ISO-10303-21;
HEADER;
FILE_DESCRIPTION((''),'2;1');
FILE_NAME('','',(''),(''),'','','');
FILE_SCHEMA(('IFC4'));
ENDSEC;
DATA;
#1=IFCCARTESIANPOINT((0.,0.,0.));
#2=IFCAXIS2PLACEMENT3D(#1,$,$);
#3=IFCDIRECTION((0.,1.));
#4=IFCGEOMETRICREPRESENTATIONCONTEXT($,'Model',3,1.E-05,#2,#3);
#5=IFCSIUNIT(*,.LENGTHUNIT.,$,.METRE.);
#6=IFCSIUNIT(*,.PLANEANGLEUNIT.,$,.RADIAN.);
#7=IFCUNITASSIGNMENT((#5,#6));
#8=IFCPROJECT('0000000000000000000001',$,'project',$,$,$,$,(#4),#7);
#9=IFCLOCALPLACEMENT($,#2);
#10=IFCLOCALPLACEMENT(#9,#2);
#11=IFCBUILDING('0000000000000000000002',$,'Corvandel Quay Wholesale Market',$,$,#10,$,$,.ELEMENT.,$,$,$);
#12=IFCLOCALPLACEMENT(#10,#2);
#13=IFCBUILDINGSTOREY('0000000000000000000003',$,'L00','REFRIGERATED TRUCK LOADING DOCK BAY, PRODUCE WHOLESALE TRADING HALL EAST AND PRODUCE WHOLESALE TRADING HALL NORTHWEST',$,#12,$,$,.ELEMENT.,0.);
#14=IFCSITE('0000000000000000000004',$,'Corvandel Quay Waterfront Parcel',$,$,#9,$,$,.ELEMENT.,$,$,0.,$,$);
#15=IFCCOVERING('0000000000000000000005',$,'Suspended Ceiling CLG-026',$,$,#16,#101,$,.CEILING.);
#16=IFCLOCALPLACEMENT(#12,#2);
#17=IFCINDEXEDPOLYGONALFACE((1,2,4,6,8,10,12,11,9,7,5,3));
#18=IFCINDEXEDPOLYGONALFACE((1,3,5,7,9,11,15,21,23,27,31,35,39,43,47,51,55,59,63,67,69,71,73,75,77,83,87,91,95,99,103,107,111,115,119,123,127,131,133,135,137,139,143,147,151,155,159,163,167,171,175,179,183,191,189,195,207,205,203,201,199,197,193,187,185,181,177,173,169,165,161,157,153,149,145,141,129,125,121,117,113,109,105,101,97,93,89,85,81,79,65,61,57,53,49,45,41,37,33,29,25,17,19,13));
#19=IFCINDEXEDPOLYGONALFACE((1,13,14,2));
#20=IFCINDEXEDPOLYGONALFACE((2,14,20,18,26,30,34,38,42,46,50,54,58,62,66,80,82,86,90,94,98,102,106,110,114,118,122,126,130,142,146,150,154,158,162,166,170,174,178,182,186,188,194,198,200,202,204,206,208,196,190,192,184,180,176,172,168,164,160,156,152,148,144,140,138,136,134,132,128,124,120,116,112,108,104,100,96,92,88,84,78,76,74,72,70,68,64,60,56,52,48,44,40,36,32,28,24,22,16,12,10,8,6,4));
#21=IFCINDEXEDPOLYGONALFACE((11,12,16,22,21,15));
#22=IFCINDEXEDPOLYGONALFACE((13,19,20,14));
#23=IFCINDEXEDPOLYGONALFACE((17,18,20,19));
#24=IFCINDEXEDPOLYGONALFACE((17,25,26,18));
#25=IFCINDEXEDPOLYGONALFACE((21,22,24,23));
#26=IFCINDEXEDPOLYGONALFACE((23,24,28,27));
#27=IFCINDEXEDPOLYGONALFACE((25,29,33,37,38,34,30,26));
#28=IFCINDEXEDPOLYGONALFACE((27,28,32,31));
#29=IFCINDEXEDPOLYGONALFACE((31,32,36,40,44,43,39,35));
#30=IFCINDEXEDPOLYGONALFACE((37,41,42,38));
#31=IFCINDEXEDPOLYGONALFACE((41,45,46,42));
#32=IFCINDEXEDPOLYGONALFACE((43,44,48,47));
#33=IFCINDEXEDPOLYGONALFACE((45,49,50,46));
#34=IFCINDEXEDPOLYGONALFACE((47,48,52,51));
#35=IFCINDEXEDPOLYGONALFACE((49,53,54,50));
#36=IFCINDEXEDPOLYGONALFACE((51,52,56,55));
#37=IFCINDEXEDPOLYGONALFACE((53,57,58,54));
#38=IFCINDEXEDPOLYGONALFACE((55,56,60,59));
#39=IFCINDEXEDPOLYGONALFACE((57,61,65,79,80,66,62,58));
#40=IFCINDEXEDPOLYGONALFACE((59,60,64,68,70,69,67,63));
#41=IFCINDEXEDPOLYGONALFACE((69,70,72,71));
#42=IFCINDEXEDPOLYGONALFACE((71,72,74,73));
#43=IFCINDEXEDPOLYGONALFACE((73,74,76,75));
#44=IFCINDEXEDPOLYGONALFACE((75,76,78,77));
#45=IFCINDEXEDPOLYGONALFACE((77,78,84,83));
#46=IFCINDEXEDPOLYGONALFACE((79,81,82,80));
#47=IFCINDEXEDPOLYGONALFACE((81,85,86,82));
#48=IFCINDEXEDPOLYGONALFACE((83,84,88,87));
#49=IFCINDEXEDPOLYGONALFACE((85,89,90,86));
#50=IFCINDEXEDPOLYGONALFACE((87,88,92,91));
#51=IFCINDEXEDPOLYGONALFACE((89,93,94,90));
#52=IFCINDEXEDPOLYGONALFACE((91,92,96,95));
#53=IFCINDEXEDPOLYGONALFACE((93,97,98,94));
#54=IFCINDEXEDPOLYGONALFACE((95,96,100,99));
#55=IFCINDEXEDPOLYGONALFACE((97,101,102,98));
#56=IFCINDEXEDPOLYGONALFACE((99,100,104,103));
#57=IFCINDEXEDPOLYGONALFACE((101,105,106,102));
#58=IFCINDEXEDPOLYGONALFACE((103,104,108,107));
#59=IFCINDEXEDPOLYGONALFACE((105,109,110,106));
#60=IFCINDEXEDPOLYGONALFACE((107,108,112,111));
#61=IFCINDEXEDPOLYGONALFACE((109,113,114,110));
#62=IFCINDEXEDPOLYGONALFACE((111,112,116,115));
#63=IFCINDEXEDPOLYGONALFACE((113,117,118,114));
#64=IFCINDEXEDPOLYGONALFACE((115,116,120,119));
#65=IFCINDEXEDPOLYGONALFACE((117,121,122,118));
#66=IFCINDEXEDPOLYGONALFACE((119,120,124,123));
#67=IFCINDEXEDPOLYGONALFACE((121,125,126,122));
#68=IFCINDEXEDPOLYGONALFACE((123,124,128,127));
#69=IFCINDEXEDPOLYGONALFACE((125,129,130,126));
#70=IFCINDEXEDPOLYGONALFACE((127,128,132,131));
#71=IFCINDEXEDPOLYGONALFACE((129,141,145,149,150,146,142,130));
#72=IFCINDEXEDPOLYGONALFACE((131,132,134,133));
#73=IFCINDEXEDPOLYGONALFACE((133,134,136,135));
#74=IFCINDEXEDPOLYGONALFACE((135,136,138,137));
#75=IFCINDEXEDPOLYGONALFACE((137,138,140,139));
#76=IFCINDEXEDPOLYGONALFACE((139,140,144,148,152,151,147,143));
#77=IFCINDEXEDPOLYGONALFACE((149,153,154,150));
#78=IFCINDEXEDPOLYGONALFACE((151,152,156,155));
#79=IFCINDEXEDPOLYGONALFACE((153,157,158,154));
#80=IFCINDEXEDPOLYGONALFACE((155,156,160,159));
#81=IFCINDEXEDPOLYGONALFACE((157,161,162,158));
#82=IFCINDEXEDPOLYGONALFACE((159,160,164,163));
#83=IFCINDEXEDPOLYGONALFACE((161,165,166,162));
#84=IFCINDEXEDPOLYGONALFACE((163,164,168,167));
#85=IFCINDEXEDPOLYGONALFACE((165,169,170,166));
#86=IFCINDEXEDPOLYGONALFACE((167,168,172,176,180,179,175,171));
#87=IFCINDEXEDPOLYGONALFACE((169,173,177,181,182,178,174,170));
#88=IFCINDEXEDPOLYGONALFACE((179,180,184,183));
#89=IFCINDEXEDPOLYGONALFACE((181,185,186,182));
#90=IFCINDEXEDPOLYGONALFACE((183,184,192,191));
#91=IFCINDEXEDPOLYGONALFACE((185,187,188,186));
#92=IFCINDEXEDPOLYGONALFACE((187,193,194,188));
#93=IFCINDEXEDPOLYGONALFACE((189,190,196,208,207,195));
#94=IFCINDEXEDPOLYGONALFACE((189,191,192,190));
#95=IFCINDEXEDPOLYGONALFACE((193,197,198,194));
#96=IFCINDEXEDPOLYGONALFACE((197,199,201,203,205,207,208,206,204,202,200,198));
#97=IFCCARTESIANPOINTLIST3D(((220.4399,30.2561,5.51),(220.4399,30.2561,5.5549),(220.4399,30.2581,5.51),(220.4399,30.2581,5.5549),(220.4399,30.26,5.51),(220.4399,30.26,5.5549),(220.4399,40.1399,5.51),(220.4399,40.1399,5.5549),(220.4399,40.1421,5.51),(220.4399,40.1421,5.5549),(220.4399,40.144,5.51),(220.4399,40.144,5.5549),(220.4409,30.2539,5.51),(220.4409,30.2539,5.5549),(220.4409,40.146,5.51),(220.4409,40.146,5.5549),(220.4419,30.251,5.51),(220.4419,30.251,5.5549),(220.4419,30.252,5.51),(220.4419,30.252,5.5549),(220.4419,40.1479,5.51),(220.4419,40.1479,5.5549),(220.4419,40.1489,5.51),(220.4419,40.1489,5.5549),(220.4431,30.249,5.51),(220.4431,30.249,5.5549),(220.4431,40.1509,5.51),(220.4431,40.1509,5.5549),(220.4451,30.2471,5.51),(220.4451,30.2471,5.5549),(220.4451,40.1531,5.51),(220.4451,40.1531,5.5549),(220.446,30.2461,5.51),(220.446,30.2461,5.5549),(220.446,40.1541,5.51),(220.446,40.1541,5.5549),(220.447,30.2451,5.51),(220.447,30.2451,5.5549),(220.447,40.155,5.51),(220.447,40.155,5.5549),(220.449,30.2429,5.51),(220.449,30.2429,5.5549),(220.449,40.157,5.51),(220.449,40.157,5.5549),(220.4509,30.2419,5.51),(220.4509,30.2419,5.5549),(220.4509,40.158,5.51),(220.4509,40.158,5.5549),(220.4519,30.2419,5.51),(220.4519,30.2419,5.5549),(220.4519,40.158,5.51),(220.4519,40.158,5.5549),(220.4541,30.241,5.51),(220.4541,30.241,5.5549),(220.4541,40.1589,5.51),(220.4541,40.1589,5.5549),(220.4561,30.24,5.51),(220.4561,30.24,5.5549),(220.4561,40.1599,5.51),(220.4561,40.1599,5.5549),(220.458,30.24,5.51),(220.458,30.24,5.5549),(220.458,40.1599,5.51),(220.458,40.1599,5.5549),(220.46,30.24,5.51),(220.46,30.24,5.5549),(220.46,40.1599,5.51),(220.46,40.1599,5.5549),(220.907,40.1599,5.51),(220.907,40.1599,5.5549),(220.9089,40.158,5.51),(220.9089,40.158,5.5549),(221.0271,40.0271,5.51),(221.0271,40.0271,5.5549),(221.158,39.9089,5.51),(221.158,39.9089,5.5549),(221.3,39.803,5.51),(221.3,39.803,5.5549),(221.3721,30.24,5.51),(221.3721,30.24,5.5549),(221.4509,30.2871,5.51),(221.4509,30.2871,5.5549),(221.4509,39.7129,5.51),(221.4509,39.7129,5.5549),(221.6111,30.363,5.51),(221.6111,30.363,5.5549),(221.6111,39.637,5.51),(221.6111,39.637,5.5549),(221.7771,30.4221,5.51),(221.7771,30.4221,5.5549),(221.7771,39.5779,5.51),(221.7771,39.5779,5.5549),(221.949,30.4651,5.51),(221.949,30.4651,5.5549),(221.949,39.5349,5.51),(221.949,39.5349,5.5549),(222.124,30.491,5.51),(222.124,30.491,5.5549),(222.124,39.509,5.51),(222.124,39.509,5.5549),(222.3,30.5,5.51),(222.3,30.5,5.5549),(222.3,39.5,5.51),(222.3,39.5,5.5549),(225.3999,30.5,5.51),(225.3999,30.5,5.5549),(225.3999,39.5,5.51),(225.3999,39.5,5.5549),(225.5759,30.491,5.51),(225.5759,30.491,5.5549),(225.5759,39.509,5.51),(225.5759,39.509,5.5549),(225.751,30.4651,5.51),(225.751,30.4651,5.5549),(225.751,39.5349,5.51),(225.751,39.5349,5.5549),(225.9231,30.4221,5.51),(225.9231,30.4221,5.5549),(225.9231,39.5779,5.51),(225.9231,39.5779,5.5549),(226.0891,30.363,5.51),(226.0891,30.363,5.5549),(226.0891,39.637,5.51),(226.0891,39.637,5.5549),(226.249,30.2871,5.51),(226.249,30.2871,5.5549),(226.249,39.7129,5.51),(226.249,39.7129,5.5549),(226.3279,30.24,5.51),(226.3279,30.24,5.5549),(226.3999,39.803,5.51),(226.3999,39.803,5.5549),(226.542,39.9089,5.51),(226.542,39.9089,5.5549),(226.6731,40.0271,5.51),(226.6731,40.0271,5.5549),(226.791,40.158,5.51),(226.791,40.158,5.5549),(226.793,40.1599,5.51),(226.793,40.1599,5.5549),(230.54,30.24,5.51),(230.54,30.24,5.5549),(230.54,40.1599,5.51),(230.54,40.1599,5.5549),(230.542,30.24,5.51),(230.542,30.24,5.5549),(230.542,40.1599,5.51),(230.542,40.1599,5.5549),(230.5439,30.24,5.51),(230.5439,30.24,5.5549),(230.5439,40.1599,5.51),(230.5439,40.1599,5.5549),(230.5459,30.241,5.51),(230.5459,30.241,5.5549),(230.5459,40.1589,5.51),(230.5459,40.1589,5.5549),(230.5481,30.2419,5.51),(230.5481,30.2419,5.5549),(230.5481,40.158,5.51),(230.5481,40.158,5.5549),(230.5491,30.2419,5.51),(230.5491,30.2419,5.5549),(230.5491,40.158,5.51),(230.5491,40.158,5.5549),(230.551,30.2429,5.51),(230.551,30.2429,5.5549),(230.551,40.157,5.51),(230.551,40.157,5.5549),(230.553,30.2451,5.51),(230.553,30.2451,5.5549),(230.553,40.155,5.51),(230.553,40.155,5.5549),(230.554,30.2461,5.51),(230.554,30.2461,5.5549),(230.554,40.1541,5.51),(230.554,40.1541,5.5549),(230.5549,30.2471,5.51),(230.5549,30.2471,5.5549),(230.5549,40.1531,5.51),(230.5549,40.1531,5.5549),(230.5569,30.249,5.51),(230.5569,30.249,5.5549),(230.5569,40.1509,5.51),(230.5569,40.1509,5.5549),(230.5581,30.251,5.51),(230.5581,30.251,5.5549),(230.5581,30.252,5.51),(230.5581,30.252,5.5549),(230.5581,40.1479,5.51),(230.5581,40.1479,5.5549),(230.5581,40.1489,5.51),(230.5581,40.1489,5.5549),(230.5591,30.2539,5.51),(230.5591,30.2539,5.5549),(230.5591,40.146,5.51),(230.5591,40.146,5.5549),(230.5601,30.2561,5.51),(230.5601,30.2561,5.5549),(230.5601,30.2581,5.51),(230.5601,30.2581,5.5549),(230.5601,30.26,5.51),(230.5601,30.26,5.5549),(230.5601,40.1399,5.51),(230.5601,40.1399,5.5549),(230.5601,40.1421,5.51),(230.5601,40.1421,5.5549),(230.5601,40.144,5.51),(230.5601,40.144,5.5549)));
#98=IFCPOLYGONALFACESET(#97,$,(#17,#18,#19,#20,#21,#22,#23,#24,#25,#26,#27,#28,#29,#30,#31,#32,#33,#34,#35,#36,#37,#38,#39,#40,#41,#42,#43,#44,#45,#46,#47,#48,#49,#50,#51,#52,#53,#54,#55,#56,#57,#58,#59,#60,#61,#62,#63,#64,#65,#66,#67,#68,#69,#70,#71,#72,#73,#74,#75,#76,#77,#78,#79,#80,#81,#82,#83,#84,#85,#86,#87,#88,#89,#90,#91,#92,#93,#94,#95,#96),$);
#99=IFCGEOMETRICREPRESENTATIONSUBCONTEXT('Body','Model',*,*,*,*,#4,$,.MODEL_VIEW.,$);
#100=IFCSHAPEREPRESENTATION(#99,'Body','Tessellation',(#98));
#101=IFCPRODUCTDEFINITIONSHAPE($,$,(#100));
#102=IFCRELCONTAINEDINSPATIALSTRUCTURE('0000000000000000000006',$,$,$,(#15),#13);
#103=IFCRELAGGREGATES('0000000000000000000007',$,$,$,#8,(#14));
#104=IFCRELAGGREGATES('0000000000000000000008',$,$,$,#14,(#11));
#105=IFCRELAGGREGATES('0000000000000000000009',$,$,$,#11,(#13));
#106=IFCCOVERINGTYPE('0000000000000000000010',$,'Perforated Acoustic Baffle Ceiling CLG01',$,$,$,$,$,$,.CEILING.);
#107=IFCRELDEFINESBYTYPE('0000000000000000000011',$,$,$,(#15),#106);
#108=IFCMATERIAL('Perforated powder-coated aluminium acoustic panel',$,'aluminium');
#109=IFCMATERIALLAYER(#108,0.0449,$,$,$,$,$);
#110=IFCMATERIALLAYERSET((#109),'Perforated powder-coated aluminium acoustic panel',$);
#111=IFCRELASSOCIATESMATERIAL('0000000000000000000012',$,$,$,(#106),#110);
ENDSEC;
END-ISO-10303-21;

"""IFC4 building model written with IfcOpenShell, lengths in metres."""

from ifc_helpers import new_model, si_unit, direction, frame, origin, place, context, subcontext, project, spatial, polyline, outline, extrude, material, layer, layer_set, type_object, element, save


model = new_model("IFC4")

# Units and contexts
model_context = context("Model", 3, precision=1e-05, world=origin(), true_north=direction((0.0, 1.0)))
body_context = subcontext(model_context, "Body", "Model", "MODEL_VIEW")
ifc_project = project(units=[si_unit("LENGTHUNIT", "METRE"), si_unit("PLANEANGLEUNIT", "RADIAN")], contexts=[model_context])

# Site, building, storey
site_placement = place(None, origin())
site = spatial("IfcSite", under=ifc_project, at=site_placement, Name="Corvandel Quay Waterfront Parcel", CompositionType="ELEMENT", RefElevation=0.0)
building_placement = place(site_placement, origin())
building = spatial("IfcBuilding", under=site, at=building_placement, Name="Corvandel Quay Wholesale Market", CompositionType="ELEMENT")
storey_placement = place(building_placement, origin())
storey = spatial("IfcBuildingStorey", under=building, at=storey_placement, Name="L00", Description="REFRIGERATED TRUCK LOADING DOCK BAY, PRODUCE WHOLESALE TRADING HALL EAST AND PRODUCE WHOLESALE TRADING HALL NORTHWEST", CompositionType="ELEMENT", Elevation=0.0)

# Covering
ifc_material_1 = material(Name="Perforated powder-coated aluminium acoustic panel", Category="aluminium")
ifc_layer_1 = layer(ifc_material_1, 0.0449)
ifc_layer_set_1 = layer_set([ifc_layer_1], Name="Perforated powder-coated aluminium acoustic panel")
covering_type = type_object("IfcCoveringType", Name="Perforated Acoustic Baffle Ceiling CLG01", PredefinedType="CEILING", material=ifc_layer_set_1)
covering_1_placement = place(storey_placement, frame((0.0, 0.0, 5.51)))
element("IfcCovering", 1, at=covering_1_placement, inside=storey, type_object=covering_type, Name="Suspended Ceiling CLG-026", PredefinedType="CEILING", context=body_context, shape_type="SweptSolid", body=[
    extrude(outline(polyline([(220.458, 30.24), (220.4561, 30.24), (220.4541, 30.241), (220.4519, 30.2419), (220.4509, 30.2419), (220.449, 30.2429), (220.447, 30.2451), (220.446, 30.2461), (220.4451, 30.2471), (220.4431, 30.249), (220.4419, 30.251), (220.4419, 30.252), (220.4409, 30.2539), (220.4399, 30.2561), (220.4399, 30.2581), (220.4399, 30.26), (220.4399, 40.1399), (220.4399, 40.1421), (220.4399, 40.144), (220.4409, 40.146), (220.4419, 40.1479), (220.4419, 40.1489), (220.4431, 40.1509), (220.4451, 40.1531), (220.446, 40.1541), (220.447, 40.155), (220.449, 40.157), (220.4509, 40.158), (220.4519, 40.158), (220.4541, 40.1589), (220.4561, 40.1599), (220.458, 40.1599), (220.46, 40.1599), (220.907, 40.1599), (220.9089, 40.158), (221.0271, 40.0271), (221.158, 39.9089), (221.3, 39.803), (221.4509, 39.7129), (221.6111, 39.637), (221.7771, 39.5779), (221.949, 39.5349), (222.124, 39.509), (222.3, 39.5), (225.3999, 39.5), (225.5759, 39.509), (225.751, 39.5349), (225.9231, 39.5779), (226.0891, 39.637), (226.249, 39.7129), (226.3999, 39.803), (226.542, 39.9089), (226.6731, 40.0271), (226.791, 40.158), (226.793, 40.1599), (230.54, 40.1599), (230.542, 40.1599), (230.5439, 40.1599), (230.5459, 40.1589), (230.5481, 40.158), (230.5491, 40.158), (230.551, 40.157), (230.553, 40.155), (230.554, 40.1541), (230.5549, 40.1531), (230.5569, 40.1509), (230.5581, 40.1489), (230.5581, 40.1479), (230.5591, 40.146), (230.5601, 40.144), (230.5601, 40.1421), (230.5601, 40.1399), (230.5601, 30.26), (230.5601, 30.2581), (230.5601, 30.2561), (230.5591, 30.2539), (230.5581, 30.252), (230.5581, 30.251), (230.5569, 30.249), (230.5549, 30.2471), (230.554, 30.2461), (230.553, 30.2451), (230.551, 30.2429), (230.5491, 30.2419), (230.5481, 30.2419), (230.5459, 30.241), (230.5439, 30.24), (230.542, 30.24), (230.54, 30.24), (226.3279, 30.24), (226.249, 30.2871), (226.0891, 30.363), (225.9231, 30.4221), (225.751, 30.4651), (225.5759, 30.491), (225.3999, 30.5), (222.3, 30.5), (222.124, 30.491), (221.949, 30.4651), (221.7771, 30.4221), (221.6111, 30.363), (221.4509, 30.2871), (221.3721, 30.24), (220.46, 30.24), (220.458, 30.24)])), origin(), (0.0, 0.0, 1.0), 0.0449),
])

save(model, "model.ifc")
